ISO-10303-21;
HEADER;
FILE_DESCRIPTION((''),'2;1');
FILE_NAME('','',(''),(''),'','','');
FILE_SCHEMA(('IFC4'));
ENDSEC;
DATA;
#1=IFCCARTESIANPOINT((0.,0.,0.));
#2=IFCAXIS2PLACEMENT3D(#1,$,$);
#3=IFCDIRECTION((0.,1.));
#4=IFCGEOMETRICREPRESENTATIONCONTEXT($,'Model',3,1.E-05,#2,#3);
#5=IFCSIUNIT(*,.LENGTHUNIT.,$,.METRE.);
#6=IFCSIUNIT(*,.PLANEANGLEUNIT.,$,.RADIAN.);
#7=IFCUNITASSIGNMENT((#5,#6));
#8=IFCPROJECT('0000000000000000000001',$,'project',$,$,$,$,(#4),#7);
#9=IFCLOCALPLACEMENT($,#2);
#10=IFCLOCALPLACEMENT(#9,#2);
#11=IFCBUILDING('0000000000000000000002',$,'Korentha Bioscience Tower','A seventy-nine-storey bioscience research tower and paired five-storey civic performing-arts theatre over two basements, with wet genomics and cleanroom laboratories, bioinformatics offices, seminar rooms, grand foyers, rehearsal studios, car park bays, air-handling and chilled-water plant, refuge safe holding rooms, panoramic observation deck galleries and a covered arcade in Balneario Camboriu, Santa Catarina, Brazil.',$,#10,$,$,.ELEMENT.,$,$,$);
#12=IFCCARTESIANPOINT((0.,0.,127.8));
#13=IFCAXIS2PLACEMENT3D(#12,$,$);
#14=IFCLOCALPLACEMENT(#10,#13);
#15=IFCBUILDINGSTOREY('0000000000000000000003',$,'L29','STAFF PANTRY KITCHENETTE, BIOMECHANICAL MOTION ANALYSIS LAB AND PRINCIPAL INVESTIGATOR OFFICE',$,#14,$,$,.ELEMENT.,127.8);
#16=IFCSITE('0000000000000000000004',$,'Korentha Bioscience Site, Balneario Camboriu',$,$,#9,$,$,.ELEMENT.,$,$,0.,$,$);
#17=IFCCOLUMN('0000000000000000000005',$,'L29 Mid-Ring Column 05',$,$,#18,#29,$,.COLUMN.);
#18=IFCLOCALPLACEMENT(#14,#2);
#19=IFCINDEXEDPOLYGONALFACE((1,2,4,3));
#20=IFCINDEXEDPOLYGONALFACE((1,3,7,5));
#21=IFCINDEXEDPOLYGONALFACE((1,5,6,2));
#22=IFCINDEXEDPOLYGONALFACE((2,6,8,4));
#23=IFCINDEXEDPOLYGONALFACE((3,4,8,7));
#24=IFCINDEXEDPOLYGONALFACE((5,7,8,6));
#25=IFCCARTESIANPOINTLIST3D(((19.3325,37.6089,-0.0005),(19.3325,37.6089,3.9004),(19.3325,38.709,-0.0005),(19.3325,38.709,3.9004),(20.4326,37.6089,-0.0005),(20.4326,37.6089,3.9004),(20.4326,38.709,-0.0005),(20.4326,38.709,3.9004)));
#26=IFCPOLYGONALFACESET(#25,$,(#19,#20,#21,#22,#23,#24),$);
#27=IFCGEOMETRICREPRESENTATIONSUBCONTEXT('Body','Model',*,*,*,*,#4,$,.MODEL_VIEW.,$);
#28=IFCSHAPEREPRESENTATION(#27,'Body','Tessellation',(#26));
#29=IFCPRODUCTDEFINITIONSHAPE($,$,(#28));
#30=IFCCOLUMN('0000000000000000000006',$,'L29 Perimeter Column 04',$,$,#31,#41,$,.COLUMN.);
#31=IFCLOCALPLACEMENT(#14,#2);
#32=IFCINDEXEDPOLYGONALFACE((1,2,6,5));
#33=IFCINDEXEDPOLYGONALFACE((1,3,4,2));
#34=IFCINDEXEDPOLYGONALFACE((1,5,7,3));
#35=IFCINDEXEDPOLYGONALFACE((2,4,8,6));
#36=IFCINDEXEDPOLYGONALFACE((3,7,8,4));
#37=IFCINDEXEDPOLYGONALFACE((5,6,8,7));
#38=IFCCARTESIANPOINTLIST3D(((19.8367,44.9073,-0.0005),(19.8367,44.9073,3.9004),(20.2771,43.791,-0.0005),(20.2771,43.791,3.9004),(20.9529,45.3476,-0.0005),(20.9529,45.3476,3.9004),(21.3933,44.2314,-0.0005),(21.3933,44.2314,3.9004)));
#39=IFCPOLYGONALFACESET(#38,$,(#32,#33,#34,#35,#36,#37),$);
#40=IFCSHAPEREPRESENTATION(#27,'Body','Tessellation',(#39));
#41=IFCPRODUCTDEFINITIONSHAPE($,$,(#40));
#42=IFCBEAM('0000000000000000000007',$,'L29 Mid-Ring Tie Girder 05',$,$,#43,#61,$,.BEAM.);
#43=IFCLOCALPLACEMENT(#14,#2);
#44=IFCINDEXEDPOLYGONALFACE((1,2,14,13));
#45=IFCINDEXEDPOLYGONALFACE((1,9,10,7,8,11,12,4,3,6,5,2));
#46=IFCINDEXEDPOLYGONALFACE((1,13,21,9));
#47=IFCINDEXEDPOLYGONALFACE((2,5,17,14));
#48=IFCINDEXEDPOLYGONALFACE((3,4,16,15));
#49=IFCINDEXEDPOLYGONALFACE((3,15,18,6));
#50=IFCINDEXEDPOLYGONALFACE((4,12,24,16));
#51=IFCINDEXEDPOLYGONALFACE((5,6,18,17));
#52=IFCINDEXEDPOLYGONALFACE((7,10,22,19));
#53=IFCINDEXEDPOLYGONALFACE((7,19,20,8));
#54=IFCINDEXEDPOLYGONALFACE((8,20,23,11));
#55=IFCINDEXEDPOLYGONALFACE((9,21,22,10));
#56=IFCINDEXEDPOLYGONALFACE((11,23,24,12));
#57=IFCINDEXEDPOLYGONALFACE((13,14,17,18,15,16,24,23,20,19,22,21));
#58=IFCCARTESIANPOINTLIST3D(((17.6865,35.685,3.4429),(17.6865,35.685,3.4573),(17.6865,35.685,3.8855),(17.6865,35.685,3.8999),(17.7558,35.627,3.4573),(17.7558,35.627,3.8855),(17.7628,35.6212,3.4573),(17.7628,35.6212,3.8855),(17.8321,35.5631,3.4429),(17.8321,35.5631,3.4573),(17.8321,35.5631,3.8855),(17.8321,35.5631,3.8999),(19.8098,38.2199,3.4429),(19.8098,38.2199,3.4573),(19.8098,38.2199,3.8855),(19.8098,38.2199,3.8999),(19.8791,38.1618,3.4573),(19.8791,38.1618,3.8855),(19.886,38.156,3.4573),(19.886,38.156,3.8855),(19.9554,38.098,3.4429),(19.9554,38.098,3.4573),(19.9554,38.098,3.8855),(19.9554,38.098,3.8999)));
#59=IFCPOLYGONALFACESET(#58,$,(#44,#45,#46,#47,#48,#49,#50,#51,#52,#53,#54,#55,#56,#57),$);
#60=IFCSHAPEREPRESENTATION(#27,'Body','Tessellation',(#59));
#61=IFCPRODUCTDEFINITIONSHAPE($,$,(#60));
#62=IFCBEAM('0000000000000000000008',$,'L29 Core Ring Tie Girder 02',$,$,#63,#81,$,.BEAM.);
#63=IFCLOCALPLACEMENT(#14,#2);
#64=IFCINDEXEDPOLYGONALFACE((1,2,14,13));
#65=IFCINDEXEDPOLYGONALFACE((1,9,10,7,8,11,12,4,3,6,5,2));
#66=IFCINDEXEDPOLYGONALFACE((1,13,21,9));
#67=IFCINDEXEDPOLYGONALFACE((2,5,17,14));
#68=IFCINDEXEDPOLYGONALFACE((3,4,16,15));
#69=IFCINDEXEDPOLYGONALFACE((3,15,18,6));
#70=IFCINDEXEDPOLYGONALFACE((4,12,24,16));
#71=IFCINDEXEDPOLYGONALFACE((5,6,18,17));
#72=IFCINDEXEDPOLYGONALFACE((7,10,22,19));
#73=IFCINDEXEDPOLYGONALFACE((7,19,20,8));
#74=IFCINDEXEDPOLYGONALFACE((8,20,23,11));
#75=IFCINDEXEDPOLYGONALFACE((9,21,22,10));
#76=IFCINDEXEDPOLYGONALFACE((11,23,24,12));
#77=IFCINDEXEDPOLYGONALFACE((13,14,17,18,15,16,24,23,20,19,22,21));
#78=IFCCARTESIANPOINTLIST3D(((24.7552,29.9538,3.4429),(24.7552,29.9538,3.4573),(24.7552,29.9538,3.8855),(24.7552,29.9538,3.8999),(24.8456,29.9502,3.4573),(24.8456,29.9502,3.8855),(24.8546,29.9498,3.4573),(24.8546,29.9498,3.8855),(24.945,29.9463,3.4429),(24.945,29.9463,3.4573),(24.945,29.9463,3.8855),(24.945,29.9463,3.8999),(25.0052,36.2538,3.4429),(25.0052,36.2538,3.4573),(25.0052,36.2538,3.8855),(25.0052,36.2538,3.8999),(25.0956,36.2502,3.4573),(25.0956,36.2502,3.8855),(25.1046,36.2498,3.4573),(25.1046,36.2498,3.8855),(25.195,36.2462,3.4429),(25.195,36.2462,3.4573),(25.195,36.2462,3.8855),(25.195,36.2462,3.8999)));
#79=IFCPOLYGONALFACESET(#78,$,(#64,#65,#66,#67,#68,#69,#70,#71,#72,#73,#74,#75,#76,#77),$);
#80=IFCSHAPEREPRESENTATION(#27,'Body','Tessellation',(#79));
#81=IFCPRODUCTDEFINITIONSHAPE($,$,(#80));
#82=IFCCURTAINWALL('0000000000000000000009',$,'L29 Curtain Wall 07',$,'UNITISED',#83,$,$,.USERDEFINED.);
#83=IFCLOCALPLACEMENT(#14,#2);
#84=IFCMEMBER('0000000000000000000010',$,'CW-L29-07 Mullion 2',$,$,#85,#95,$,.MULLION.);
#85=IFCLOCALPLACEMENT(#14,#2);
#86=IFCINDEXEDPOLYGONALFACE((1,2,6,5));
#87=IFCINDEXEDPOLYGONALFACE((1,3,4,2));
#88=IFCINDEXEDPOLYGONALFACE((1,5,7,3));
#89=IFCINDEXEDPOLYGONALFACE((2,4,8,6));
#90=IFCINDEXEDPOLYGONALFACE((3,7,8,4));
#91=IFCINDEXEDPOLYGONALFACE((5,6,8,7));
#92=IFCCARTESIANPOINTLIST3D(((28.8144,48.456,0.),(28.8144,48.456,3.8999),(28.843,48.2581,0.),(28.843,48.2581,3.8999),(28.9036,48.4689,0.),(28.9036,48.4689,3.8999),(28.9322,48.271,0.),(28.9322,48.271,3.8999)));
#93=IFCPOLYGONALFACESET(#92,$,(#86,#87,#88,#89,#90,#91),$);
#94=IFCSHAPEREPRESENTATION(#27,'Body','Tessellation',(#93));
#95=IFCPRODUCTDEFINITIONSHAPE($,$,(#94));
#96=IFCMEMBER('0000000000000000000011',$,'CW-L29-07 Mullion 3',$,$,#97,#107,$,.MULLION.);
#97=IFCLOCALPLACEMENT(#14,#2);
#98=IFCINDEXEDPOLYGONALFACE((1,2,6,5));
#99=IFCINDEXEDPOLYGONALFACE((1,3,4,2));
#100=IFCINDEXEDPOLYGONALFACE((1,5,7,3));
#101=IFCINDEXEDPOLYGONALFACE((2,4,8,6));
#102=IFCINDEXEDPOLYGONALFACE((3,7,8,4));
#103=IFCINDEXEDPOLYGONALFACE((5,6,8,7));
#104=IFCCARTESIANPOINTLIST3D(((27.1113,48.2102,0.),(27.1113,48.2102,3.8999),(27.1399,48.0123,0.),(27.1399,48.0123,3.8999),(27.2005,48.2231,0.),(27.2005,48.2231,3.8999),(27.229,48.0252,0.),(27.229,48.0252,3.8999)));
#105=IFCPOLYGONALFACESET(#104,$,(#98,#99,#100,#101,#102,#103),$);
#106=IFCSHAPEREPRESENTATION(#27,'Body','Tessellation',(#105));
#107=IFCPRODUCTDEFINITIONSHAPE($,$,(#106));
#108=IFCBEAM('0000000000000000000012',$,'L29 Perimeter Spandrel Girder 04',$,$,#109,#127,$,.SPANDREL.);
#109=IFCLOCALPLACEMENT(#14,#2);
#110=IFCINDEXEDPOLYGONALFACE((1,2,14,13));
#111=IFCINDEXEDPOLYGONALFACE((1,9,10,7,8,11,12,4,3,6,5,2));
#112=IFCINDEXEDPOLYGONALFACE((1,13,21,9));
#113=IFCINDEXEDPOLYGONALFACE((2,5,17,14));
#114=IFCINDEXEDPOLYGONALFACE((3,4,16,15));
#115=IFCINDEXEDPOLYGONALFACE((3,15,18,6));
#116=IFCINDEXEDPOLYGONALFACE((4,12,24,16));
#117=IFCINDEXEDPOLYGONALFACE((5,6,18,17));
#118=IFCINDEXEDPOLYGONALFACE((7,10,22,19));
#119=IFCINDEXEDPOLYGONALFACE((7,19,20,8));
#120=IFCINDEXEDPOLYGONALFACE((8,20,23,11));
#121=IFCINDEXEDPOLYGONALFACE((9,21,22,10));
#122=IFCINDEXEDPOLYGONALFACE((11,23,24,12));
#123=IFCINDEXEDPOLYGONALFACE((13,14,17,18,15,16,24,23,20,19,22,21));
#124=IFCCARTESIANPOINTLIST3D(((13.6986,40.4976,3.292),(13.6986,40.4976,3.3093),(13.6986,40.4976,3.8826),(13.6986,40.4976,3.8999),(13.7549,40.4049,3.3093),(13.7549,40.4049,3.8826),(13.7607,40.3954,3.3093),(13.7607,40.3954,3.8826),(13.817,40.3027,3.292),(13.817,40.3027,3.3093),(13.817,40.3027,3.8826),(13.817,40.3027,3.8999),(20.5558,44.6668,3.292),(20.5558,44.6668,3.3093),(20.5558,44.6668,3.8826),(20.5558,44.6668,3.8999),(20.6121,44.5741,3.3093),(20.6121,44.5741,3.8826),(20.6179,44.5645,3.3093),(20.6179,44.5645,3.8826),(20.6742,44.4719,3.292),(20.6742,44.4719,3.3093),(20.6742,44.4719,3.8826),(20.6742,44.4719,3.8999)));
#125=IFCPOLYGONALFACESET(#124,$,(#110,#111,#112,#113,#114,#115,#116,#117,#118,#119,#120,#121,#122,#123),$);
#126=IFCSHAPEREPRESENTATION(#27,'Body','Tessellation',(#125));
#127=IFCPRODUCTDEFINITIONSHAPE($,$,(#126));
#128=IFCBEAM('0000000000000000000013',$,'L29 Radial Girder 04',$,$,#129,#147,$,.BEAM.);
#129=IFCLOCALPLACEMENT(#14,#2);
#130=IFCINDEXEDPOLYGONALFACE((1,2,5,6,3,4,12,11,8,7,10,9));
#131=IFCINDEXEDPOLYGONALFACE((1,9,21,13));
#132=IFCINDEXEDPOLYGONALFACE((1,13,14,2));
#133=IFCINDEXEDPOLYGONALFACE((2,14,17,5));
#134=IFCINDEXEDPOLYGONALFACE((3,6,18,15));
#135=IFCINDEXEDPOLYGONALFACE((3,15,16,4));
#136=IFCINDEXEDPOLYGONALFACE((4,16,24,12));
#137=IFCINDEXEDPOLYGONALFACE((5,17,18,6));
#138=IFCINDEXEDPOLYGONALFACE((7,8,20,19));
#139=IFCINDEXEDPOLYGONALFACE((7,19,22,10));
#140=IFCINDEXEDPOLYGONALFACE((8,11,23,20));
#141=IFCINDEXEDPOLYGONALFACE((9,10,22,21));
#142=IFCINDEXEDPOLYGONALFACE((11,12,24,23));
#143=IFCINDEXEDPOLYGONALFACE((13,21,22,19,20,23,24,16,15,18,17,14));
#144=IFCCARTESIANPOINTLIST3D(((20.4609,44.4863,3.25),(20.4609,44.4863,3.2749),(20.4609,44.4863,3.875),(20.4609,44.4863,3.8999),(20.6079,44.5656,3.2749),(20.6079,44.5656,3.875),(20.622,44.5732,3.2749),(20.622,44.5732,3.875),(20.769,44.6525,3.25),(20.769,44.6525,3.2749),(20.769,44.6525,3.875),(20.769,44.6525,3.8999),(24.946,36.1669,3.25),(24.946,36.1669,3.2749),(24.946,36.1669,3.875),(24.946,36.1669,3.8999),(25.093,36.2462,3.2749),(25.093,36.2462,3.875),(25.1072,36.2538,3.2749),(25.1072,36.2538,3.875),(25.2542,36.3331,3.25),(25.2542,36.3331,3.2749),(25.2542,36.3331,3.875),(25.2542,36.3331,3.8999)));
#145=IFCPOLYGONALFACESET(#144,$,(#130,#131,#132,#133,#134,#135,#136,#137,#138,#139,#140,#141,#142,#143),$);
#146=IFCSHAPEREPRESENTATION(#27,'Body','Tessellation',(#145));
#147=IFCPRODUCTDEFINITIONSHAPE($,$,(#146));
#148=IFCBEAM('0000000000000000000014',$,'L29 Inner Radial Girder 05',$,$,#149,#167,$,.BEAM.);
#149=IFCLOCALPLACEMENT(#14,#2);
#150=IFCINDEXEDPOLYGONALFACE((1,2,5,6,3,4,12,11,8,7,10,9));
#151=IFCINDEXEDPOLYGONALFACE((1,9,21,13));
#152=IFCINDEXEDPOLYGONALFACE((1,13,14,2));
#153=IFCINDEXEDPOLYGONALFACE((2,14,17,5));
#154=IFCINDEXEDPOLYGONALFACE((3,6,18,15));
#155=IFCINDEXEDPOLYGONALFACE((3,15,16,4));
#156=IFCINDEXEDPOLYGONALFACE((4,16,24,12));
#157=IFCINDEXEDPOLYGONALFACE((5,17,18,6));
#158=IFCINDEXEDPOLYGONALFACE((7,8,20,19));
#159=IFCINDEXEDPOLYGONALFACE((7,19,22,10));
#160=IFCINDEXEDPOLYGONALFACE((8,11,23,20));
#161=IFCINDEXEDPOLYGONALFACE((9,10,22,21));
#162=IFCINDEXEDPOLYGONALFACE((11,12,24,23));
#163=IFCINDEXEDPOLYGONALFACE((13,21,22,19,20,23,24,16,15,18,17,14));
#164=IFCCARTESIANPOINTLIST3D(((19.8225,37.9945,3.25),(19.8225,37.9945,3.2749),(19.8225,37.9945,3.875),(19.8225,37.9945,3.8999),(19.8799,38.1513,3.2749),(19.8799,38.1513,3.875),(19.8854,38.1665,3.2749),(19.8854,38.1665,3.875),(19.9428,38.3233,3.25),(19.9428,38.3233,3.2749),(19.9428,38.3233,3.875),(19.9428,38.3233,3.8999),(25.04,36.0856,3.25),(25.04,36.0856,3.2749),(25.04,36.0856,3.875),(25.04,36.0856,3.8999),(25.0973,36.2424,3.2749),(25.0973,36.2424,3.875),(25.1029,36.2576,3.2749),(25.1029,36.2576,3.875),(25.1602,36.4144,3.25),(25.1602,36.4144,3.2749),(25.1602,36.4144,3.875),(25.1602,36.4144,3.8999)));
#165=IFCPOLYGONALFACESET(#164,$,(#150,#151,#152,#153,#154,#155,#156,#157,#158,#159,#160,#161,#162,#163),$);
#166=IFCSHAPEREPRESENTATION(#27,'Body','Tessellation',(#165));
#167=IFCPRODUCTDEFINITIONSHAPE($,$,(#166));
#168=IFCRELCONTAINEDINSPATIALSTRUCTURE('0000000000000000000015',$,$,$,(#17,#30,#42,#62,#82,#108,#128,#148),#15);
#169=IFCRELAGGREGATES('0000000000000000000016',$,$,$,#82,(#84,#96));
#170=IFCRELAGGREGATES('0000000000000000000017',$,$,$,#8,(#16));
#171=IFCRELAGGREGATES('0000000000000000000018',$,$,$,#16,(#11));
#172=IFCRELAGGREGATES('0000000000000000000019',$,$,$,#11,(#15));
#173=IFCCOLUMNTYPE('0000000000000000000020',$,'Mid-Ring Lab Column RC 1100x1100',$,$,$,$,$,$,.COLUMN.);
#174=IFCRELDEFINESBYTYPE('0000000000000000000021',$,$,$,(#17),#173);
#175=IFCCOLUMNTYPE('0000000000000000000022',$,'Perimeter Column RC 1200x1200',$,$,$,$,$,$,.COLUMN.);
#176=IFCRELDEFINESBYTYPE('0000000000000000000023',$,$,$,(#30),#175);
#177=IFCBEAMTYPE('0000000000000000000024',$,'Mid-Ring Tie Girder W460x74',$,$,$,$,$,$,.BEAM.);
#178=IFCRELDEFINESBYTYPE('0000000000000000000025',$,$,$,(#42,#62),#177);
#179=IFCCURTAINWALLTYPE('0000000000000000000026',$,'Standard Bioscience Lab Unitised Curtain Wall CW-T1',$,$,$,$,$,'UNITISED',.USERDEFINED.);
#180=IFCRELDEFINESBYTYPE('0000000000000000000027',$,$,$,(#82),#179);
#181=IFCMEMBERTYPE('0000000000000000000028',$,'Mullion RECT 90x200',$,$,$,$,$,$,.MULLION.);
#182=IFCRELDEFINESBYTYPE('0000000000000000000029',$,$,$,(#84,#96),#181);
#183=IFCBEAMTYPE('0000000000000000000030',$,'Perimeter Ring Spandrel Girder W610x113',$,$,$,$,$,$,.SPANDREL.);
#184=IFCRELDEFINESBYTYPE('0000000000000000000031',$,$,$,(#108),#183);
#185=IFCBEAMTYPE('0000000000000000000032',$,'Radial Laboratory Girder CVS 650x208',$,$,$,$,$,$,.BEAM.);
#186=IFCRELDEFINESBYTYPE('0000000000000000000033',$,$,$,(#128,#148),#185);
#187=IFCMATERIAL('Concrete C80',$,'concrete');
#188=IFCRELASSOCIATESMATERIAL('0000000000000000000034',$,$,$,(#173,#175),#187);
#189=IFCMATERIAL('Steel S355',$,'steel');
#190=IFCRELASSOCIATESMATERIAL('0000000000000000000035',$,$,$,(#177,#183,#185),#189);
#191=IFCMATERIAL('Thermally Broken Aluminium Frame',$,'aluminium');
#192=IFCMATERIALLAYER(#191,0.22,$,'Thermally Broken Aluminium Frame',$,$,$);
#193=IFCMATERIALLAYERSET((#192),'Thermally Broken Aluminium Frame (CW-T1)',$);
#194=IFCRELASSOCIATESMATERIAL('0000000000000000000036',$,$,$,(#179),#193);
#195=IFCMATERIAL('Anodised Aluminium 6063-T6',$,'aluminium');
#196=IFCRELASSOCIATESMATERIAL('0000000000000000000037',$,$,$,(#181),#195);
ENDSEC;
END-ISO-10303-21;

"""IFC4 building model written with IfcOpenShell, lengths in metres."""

from ifc_helpers import new_model, si_unit, direction, frame, origin, origin_2d, place, context, subcontext, project, spatial, rectangle, i_section, extrude, material, layer, layer_set, material_profile, profile_set, type_object, element, aggregate, save


model = new_model("IFC4")

# Units and contexts
model_context = context("Model", 3, precision=1e-05, world=origin(), true_north=direction((0.0, 1.0)))
body_context = subcontext(model_context, "Body", "Model", "MODEL_VIEW")
ifc_project = project(units=[si_unit("LENGTHUNIT", "METRE"), si_unit("PLANEANGLEUNIT", "RADIAN")], contexts=[model_context])

# Site, building, storey
site_placement = place(None, origin())
site = spatial("IfcSite", under=ifc_project, at=site_placement, Name="Korentha Bioscience Site, Balneario Camboriu", CompositionType="ELEMENT", RefElevation=0.0)
building_placement = place(site_placement, origin())
building = spatial("IfcBuilding", under=site, at=building_placement, Name="Korentha Bioscience Tower", Description="A seventy-nine-storey bioscience research tower and paired five-storey civic performing-arts theatre over two basements, with wet genomics and cleanroom laboratories, bioinformatics offices, seminar rooms, grand foyers, rehearsal studios, car park bays, air-handling and chilled-water plant, refuge safe holding rooms, panoramic observation deck galleries and a covered arcade in Balneario Camboriu, Santa Catarina, Brazil.", CompositionType="ELEMENT")
storey_placement = place(building_placement, frame((0.0, 0.0, 127.8)))
storey = spatial("IfcBuildingStorey", under=building, at=storey_placement, Name="L29", Description="STAFF PANTRY KITCHENETTE, BIOMECHANICAL MOTION ANALYSIS LAB AND PRINCIPAL INVESTIGATOR OFFICE", CompositionType="ELEMENT", Elevation=127.8)

# Columns
ifc_material_1 = material(Name="Concrete C80", Category="concrete")
ifc_material_profile_1 = material_profile(ifc_material_1, rectangle(XDim=1.1001, YDim=1.1001, at=origin_2d()), Name="Concrete C80")
ifc_profile_set_1 = profile_set([ifc_material_profile_1], Name="Concrete C80 (COL-MR11)")
column_type_1 = type_object("IfcColumnType", Name="Mid-Ring Lab Column RC 1100x1100", PredefinedType="COLUMN", material=ifc_profile_set_1)
column_1_placement = place(storey_placement, frame((19.8826, 38.1589, -0.0005), z_axis=(0.0, 0.0, 1.0), x_axis=(1.0, 0.0, 0.0)))
element("IfcColumn", 1, at=column_1_placement, inside=storey, type_object=column_type_1, Name="L29 Mid-Ring Column 05", PredefinedType="COLUMN", context=body_context, shape_type="SweptSolid", body=[
    extrude(rectangle(XDim=1.1001, YDim=1.1001, at=origin_2d()), origin(), (0.0, 0.0, 1.0), 3.9009),
])
ifc_material_profile_2 = material_profile(ifc_material_1, rectangle(XDim=1.2, YDim=1.2, at=origin_2d()), Name="Concrete C80")
ifc_profile_set_2 = profile_set([ifc_material_profile_2], Name="Concrete C80 (COL-P12)")
column_type_2 = type_object("IfcColumnType", Name="Perimeter Column RC 1200x1200", PredefinedType="COLUMN", material=ifc_profile_set_2)
column_2_placement = place(storey_placement, frame((20.615, 44.5693, -0.0005), z_axis=(0.0, 0.0, 1.0), x_axis=(0.930226, 0.366988, 0.0)))
element("IfcColumn", 2, at=column_2_placement, inside=storey, type_object=column_type_2, Name="L29 Perimeter Column 04", PredefinedType="COLUMN", context=body_context, shape_type="SweptSolid", body=[
    extrude(rectangle(XDim=1.2, YDim=1.2, at=origin_2d()), origin(), (0.0, 0.0, 1.0), 3.9009),
])

# Beams
ifc_material_2 = material(Name="Steel S355", Category="steel")
ifc_material_profile_3 = material_profile(ifc_material_2, i_section(OverallWidth=0.1899, OverallDepth=0.457, WebThickness=0.009, FlangeThickness=0.0144, at=origin_2d()), Name="Steel S355")
ifc_profile_set_3 = profile_set([ifc_material_profile_3], Name="Steel S355 (MB-460)")
beam_type_1 = type_object("IfcBeamType", Name="Mid-Ring Tie Girder W460x74", PredefinedType="BEAM", material=ifc_profile_set_3)
beam_1_placement = place(storey_placement, frame((19.8826, 38.1589, 3.6714), z_axis=(-0.642121, -0.766603, 0.0), x_axis=(0.766603, -0.642121, 0.0)))
element("IfcBeam", 3, at=beam_1_placement, inside=storey, type_object=beam_type_1, Name="L29 Mid-Ring Tie Girder 05", PredefinedType="BEAM", context=body_context, shape_type="SweptSolid", body=[
    extrude(i_section(OverallWidth=0.1899, OverallDepth=0.457, WebThickness=0.009, FlangeThickness=0.0144, at=origin_2d()), origin(), (0.0, 0.0, 1.0), 3.3066),
])
beam_2_placement = place(storey_placement, frame((25.1001, 36.25, 3.6714), z_axis=(-0.039651, -0.999214, 0.0), x_axis=(0.999214, -0.039651, 0.0)))
element("IfcBeam", 4, at=beam_2_placement, inside=storey, type_object=beam_type_1, Name="L29 Core Ring Tie Girder 02", PredefinedType="BEAM", context=body_context, shape_type="SweptSolid", body=[
    extrude(i_section(OverallWidth=0.1899, OverallDepth=0.457, WebThickness=0.009, FlangeThickness=0.0144, at=origin_2d()), origin(), (0.0, 0.0, 1.0), 6.3049),
])

# Curtain wall, members
ifc_material_3 = material(Name="Thermally Broken Aluminium Frame", Category="aluminium")
ifc_layer_1 = layer(ifc_material_3, 0.22, Name="Thermally Broken Aluminium Frame")
ifc_layer_set_1 = layer_set([ifc_layer_1], Name="Thermally Broken Aluminium Frame (CW-T1)")
curtain_wall_type = type_object("IfcCurtainWallType", Name="Standard Bioscience Lab Unitised Curtain Wall CW-T1", ElementType="UNITISED", PredefinedType="USERDEFINED", material=ifc_layer_set_1)
curtain_wall_placement = place(storey_placement, origin())
curtain_wall = element("IfcCurtainWall", 5, at=curtain_wall_placement, inside=storey, type_object=curtain_wall_type, Name="L29 Curtain Wall 07", ObjectType="UNITISED", PredefinedType="USERDEFINED")
ifc_material_4 = material(Name="Anodised Aluminium 6063-T6", Category="aluminium")
ifc_material_profile_4 = material_profile(ifc_material_4, rectangle(XDim=0.0901, YDim=0.2, at=origin_2d()), Name="Anodised Aluminium 6063-T6")
ifc_profile_set_4 = profile_set([ifc_material_profile_4], Name="Anodised Aluminium 6063-T6 (CW-MUL)")
member_type_1 = type_object("IfcMemberType", Name="Mullion RECT 90x200", PredefinedType="MULLION", material=ifc_profile_set_4)
member_1_placement = place(storey_placement, frame((28.8733, 48.3635, 0.0), z_axis=(0.0, 0.0, 1.0), x_axis=(-0.989738, -0.142892, 0.0)))
member_1 = element("IfcMember", 6, at=member_1_placement, type_object=member_type_1, Name="CW-L29-07 Mullion 2", PredefinedType="MULLION", context=body_context, shape_type="SweptSolid", body=[
    extrude(rectangle(XDim=0.0901, YDim=0.2, at=origin_2d()), origin(), (0.0, 0.0, 1.0), 3.8999),
])
member_2_placement = place(storey_placement, frame((27.1702, 48.1177, 0.0), z_axis=(0.0, 0.0, 1.0), x_axis=(-0.989738, -0.142892, 0.0)))
member_2 = element("IfcMember", 7, at=member_2_placement, type_object=member_type_1, Name="CW-L29-07 Mullion 3", PredefinedType="MULLION", context=body_context, shape_type="SweptSolid", body=[
    extrude(rectangle(XDim=0.0901, YDim=0.2, at=origin_2d()), origin(), (0.0, 0.0, 1.0), 3.8999),
])

# Beams
ifc_material_profile_5 = material_profile(ifc_material_2, i_section(OverallWidth=0.228, OverallDepth=0.6079, WebThickness=0.0112, FlangeThickness=0.0173, at=origin_2d()), Name="Steel S355")
ifc_profile_set_5 = profile_set([ifc_material_profile_5], Name="Steel S355 (SB-610)")
beam_type_2 = type_object("IfcBeamType", Name="Perimeter Ring Spandrel Girder W610x113", PredefinedType="SPANDREL", material=ifc_profile_set_5)
beam_3_placement = place(storey_placement, frame((20.615, 44.5693, 3.5959), z_axis=(-0.854461, -0.519515, 0.0), x_axis=(0.519515, -0.854461, 0.0)))
element("IfcBeam", 8, at=beam_3_placement, inside=storey, type_object=beam_type_2, Name="L29 Perimeter Spandrel Girder 04", PredefinedType="SPANDREL", context=body_context, shape_type="SweptSolid", body=[
    extrude(i_section(OverallWidth=0.228, OverallDepth=0.6079, WebThickness=0.0112, FlangeThickness=0.0173, at=origin_2d()), origin(), (0.0, 0.0, 1.0), 8.0251),
])
ifc_material_profile_6 = material_profile(ifc_material_2, i_section(OverallWidth=0.3501, OverallDepth=0.6499, WebThickness=0.0161, FlangeThickness=0.0249, at=origin_2d()), Name="Steel S355")
ifc_profile_set_6 = profile_set([ifc_material_profile_6], Name="Steel S355 (RB-650)")
beam_type_3 = type_object("IfcBeamType", Name="Radial Laboratory Girder CVS 650x208", PredefinedType="BEAM", material=ifc_profile_set_6)
beam_4_placement = place(storey_placement, frame((25.1001, 36.25, 3.575), z_axis=(-0.474548, 0.88023, 0.0), x_axis=(-0.88023, -0.474548, 0.0)))
element("IfcBeam", 9, at=beam_4_placement, inside=storey, type_object=beam_type_3, Name="L29 Radial Girder 04", PredefinedType="BEAM", context=body_context, shape_type="SweptSolid", body=[
    extrude(i_section(OverallWidth=0.3501, OverallDepth=0.6499, WebThickness=0.0161, FlangeThickness=0.0249, at=origin_2d()), origin(), (0.0, 0.0, 1.0), 9.4514),
])
beam_5_placement = place(storey_placement, frame((25.1001, 36.25, 3.575), z_axis=(-0.939118, 0.343595, 0.0), x_axis=(-0.343595, -0.939118, 0.0)))
element("IfcBeam", 10, at=beam_5_placement, inside=storey, type_object=beam_type_3, Name="L29 Inner Radial Girder 05", PredefinedType="BEAM", context=body_context, shape_type="SweptSolid", body=[
    extrude(i_section(OverallWidth=0.3501, OverallDepth=0.6499, WebThickness=0.0161, FlangeThickness=0.0249, at=origin_2d()), origin(), (0.0, 0.0, 1.0), 5.5557),
])

aggregate(curtain_wall, [member_1, member_2])

save(model, "model.ifc")
